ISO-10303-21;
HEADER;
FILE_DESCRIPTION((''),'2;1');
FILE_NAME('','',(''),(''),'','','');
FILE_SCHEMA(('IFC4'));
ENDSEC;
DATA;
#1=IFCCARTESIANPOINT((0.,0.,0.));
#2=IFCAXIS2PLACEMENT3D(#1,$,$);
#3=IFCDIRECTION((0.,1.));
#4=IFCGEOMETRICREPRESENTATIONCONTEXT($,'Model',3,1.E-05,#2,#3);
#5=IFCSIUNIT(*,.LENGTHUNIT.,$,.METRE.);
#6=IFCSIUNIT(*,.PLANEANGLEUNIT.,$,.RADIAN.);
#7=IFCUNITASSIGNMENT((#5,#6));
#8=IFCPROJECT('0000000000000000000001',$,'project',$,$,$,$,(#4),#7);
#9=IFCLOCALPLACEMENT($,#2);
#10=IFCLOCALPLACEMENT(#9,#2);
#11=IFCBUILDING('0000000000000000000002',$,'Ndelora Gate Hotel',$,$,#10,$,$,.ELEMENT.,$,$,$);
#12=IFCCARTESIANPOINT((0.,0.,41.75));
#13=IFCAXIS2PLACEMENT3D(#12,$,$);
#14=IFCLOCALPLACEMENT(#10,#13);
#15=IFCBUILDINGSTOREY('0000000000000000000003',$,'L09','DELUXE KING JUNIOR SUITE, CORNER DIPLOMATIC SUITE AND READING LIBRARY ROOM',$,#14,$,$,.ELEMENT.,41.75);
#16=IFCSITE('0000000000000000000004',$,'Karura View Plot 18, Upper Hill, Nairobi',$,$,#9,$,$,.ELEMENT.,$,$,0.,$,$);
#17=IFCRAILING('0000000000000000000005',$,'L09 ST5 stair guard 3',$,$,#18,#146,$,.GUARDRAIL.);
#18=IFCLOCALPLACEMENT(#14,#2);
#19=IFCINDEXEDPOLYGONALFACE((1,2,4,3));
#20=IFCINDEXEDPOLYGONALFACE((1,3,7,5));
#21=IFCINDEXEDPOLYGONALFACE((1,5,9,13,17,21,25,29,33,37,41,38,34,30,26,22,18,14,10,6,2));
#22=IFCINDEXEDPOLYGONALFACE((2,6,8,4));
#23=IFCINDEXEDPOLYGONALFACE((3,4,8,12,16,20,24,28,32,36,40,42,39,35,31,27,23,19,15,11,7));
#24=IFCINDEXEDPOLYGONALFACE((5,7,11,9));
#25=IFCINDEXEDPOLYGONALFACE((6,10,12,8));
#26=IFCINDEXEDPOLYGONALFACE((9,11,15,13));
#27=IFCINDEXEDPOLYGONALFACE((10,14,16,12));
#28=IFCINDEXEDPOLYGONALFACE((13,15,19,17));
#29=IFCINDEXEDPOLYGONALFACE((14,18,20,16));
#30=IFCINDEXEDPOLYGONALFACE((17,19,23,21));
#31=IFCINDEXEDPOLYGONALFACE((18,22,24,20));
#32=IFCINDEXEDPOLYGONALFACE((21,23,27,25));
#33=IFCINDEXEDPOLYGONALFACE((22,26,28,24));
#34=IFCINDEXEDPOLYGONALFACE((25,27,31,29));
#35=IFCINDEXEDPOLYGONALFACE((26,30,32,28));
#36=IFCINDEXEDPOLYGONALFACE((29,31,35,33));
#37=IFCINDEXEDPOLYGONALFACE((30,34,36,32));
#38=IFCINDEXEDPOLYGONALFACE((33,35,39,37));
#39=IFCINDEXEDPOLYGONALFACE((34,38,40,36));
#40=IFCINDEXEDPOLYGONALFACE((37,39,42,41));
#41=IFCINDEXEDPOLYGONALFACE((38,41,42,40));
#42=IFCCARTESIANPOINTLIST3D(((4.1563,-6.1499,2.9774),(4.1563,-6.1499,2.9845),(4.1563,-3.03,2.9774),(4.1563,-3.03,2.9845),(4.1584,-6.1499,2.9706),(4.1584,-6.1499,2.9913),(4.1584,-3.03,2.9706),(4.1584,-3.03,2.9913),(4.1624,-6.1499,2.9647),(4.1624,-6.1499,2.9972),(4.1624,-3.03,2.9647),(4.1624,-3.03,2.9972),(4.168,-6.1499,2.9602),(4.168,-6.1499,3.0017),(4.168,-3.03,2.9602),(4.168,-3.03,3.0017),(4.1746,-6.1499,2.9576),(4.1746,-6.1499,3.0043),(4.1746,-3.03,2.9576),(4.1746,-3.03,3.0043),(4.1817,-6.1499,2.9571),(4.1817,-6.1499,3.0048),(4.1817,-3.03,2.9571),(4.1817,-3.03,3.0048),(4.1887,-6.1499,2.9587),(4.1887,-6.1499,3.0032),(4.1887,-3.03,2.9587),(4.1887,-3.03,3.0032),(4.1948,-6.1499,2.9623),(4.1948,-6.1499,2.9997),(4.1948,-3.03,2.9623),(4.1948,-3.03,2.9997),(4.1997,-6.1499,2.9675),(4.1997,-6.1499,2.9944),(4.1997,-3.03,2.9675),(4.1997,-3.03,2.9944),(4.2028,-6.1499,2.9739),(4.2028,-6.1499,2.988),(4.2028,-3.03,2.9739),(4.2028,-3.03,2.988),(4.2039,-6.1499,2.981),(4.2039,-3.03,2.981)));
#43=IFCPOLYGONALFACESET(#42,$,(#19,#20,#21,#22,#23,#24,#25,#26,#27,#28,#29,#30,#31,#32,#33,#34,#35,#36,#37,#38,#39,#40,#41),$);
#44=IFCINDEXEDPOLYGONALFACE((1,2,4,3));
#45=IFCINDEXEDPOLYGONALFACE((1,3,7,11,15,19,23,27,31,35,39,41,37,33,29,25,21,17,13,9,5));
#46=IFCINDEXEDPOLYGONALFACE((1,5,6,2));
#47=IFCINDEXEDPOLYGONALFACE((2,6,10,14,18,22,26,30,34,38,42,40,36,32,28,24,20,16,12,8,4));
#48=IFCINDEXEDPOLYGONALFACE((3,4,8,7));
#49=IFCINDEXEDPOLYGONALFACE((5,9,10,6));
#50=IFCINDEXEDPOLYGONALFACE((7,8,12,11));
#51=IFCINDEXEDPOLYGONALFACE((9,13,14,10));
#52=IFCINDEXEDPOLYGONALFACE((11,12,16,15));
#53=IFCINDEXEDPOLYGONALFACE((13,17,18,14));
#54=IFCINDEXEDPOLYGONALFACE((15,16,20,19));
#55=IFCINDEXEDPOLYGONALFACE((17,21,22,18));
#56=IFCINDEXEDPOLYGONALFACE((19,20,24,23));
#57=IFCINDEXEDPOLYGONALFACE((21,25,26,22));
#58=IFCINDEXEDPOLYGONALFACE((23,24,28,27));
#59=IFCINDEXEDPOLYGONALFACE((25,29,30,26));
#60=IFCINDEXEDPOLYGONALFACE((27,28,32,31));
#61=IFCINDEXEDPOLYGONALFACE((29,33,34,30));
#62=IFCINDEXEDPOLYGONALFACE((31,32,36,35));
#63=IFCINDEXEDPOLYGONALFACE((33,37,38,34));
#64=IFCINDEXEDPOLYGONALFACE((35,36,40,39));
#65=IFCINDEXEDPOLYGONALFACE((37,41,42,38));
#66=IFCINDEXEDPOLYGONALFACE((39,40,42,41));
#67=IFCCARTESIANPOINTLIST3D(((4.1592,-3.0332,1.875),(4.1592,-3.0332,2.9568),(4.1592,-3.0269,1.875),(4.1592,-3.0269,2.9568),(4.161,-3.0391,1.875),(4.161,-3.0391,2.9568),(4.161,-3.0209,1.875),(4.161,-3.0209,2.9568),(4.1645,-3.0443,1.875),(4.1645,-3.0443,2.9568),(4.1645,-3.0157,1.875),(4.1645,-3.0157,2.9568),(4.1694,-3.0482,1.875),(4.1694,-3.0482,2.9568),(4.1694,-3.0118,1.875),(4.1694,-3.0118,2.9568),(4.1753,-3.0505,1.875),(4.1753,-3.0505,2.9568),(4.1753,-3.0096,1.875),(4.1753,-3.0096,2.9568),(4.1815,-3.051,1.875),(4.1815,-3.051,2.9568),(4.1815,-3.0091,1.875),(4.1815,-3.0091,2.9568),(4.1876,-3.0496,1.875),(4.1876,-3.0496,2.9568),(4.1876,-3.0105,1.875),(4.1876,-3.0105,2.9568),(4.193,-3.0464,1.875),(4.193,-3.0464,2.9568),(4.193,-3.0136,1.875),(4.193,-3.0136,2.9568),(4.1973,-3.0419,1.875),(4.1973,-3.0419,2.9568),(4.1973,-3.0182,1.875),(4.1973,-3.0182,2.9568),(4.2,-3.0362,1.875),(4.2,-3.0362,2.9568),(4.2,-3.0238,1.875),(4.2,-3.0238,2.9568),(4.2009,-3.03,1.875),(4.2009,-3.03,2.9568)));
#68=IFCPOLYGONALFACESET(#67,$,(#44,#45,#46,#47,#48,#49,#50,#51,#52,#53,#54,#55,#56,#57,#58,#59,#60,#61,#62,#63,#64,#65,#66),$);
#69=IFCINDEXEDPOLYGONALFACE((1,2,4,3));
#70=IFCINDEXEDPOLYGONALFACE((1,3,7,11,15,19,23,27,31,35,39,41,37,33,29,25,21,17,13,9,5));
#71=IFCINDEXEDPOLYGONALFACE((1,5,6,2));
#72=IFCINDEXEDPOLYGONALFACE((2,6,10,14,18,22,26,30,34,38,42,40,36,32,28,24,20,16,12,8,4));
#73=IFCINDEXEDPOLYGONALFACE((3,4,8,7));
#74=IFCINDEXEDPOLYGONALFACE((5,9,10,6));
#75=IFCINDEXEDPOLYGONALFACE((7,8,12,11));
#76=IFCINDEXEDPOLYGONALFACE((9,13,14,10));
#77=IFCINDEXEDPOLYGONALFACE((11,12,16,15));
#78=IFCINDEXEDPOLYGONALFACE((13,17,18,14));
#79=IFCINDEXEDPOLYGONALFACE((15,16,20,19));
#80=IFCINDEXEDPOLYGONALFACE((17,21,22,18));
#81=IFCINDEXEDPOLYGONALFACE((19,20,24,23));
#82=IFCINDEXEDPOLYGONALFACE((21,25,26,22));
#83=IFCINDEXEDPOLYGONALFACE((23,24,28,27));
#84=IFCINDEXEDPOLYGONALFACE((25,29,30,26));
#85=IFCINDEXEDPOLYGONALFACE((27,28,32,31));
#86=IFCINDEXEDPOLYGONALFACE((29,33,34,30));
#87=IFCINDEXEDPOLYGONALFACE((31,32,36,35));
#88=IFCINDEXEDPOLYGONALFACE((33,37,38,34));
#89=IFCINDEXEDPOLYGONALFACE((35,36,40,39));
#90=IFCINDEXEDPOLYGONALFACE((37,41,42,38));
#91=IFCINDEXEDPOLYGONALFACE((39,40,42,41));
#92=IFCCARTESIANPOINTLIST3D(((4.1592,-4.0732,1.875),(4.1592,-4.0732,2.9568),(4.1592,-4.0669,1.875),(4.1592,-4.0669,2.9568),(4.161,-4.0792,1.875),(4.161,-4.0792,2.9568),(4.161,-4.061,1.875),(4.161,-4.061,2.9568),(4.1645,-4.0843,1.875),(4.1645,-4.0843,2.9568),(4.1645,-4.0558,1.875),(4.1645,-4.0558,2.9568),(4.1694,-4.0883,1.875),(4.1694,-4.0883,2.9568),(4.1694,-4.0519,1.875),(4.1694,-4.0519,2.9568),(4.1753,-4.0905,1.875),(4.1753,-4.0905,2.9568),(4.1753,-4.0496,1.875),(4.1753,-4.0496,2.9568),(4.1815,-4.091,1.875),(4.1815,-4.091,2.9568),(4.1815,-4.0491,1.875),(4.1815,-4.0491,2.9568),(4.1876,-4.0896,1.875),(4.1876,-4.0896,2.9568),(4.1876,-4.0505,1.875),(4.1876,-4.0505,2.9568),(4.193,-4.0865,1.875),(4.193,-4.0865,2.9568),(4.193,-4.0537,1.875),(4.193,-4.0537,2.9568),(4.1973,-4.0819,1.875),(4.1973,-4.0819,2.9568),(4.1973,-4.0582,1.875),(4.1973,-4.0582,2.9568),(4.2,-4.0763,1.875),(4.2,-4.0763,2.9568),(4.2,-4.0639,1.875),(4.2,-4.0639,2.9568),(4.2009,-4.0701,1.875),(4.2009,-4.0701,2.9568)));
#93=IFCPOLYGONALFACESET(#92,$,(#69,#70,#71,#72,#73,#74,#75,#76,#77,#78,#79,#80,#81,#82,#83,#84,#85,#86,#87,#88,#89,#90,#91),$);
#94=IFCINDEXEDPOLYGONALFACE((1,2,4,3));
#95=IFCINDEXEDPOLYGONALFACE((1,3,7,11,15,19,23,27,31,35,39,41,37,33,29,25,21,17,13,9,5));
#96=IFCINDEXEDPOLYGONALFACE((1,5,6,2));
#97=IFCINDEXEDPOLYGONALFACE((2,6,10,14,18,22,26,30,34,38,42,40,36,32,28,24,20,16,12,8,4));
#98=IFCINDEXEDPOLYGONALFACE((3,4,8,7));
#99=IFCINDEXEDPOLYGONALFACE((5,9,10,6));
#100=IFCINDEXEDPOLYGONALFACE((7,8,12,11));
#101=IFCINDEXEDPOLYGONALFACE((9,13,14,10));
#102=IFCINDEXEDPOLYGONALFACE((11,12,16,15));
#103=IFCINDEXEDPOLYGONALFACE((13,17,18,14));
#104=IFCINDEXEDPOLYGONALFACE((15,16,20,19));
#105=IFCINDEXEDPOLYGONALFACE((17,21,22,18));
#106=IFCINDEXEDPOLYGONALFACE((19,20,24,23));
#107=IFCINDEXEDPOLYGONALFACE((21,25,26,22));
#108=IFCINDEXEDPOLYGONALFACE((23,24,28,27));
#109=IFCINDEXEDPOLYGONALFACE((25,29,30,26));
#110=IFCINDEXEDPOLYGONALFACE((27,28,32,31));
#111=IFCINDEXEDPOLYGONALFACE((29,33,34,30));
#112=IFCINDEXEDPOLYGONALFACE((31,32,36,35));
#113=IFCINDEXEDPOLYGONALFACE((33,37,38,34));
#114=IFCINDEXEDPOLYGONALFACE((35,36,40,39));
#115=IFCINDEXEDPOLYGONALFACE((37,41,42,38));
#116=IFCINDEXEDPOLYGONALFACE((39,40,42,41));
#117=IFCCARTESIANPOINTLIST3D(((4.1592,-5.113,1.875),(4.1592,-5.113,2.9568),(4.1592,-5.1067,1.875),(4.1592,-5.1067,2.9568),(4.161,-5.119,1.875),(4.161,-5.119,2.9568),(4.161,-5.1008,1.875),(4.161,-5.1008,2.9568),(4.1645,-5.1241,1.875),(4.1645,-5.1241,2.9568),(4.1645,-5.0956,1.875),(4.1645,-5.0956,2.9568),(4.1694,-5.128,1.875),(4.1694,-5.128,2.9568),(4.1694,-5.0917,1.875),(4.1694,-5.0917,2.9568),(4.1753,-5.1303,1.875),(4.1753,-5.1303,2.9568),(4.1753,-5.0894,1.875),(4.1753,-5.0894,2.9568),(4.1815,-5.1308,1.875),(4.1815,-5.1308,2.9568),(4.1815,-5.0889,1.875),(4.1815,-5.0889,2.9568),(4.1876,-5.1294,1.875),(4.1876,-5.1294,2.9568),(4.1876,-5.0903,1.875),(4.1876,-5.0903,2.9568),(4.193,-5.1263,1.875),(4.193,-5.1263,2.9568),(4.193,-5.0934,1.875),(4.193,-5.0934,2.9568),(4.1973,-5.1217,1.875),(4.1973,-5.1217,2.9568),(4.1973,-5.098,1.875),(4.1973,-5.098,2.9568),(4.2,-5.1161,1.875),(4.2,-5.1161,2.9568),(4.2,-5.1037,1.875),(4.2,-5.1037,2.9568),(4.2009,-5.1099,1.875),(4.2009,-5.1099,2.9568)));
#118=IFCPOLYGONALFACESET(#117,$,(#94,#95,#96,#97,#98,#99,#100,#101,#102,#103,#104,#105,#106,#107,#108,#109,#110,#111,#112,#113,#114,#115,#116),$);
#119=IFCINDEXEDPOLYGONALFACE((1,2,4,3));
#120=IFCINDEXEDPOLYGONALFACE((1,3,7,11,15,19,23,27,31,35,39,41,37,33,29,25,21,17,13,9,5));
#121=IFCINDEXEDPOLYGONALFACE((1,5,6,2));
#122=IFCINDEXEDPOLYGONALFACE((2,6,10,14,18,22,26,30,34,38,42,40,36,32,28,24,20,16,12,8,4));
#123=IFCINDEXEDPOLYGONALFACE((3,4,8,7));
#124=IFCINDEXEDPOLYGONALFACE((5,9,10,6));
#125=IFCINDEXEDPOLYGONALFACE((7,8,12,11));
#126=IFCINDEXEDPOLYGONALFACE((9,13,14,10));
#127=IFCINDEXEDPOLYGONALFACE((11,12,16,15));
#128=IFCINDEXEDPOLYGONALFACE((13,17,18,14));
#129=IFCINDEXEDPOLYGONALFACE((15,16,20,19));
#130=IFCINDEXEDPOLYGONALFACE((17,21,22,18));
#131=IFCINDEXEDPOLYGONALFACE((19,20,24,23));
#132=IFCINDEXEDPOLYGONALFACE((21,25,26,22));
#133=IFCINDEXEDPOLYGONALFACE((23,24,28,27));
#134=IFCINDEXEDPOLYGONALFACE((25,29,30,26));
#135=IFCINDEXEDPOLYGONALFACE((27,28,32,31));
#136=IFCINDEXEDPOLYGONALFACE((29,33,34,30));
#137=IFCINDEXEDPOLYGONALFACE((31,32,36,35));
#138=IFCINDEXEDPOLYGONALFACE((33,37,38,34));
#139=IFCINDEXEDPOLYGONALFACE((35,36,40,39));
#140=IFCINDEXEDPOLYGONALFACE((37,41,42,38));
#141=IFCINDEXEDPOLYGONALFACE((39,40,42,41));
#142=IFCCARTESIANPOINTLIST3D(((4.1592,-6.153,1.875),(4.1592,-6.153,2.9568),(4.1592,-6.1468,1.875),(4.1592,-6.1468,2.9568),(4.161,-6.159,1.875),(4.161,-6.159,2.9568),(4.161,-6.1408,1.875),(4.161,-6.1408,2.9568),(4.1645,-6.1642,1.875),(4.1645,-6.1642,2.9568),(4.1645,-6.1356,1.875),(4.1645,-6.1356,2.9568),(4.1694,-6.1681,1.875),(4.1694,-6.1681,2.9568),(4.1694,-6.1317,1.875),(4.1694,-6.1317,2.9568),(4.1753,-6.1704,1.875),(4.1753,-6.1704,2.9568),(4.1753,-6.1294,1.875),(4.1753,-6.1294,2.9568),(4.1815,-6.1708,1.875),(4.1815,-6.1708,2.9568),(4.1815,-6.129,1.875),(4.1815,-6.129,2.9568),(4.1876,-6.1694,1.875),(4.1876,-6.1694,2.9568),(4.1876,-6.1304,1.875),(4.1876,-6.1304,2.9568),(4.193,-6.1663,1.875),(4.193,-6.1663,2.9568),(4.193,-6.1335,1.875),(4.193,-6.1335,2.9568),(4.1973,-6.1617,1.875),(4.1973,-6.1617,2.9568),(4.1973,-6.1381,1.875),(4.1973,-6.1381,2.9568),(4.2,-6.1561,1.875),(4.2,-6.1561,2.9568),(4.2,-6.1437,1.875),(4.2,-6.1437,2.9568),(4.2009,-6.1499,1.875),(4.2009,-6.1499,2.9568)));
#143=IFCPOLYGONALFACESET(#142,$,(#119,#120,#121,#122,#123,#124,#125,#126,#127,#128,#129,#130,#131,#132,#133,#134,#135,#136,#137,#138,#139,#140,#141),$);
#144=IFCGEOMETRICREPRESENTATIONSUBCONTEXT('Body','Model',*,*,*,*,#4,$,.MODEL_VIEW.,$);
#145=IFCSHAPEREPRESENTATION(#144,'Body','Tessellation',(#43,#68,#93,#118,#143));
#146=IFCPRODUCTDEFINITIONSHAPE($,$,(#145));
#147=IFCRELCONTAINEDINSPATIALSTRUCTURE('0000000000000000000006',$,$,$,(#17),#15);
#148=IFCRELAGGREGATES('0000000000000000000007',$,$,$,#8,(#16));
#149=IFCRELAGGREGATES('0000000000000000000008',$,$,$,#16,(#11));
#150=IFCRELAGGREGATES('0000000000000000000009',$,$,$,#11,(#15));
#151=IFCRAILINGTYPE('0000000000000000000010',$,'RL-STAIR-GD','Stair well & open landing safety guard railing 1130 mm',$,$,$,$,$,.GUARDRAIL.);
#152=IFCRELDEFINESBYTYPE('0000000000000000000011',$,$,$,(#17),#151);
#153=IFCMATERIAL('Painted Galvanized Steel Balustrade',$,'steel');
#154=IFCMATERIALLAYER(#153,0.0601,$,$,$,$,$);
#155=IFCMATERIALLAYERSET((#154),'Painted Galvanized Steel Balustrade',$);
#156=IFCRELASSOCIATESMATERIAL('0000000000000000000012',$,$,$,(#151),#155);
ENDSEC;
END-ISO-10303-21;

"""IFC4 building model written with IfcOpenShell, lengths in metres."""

from ifc_helpers import new_model, si_unit, direction, frame, origin, origin_2d, place, context, subcontext, project, spatial, circle, extrude, material, layer, layer_set, type_object, element, save


model = new_model("IFC4")

# Units and contexts
model_context = context("Model", 3, precision=1e-05, world=origin(), true_north=direction((0.0, 1.0)))
body_context = subcontext(model_context, "Body", "Model", "MODEL_VIEW")
ifc_project = project(units=[si_unit("LENGTHUNIT", "METRE"), si_unit("PLANEANGLEUNIT", "RADIAN")], contexts=[model_context])

# Site, building, storey
site_placement = place(None, origin())
site = spatial("IfcSite", under=ifc_project, at=site_placement, Name="Karura View Plot 18, Upper Hill, Nairobi", CompositionType="ELEMENT", RefElevation=0.0)
building_placement = place(site_placement, origin())
building = spatial("IfcBuilding", under=site, at=building_placement, Name="Ndelora Gate Hotel", CompositionType="ELEMENT")
storey_placement = place(building_placement, frame((0.0, 0.0, 41.75)))
storey = spatial("IfcBuildingStorey", under=building, at=storey_placement, Name="L09", Description="DELUXE KING JUNIOR SUITE, CORNER DIPLOMATIC SUITE AND READING LIBRARY ROOM", CompositionType="ELEMENT", Elevation=41.75)

# Railing
ifc_material_1 = material(Name="Painted Galvanized Steel Balustrade", Category="steel")
ifc_layer_1 = layer(ifc_material_1, 0.0601)
ifc_layer_set_1 = layer_set([ifc_layer_1], Name="Painted Galvanized Steel Balustrade")
railing_type_1 = type_object("IfcRailingType", Name="RL-STAIR-GD", Description="Stair well & open landing safety guard railing 1130 mm", PredefinedType="GUARDRAIL", material=ifc_layer_set_1)
railing_1_placement = place(storey_placement, frame((4.1799, -3.03, 1.875)))
element("IfcRailing", 1, at=railing_1_placement, inside=storey, type_object=railing_type_1, Name="L09 ST5 stair guard 3", PredefinedType="GUARDRAIL", context=body_context, shape_type="SweptSolid", body=[
    extrude(circle(Radius=0.0239, at=origin_2d()), frame((0.0, 0.0, 1.106), z_axis=(0.0, -1.0, 0.0), x_axis=(1.0, 0.0, 0.0)), (0.0, 0.0, 1.0), 3.1199),
    extrude(circle(Radius=0.021, at=origin_2d()), origin(), (0.0, 0.0, 1.0), 1.0818),
    extrude(circle(Radius=0.021, at=origin_2d()), frame((0.0, -1.04, 0.0)), (0.0, 0.0, 1.0), 1.0818),
    extrude(circle(Radius=0.021, at=origin_2d()), frame((0.0, -2.0798, 0.0)), (0.0, 0.0, 1.0), 1.0818),
    extrude(circle(Radius=0.021, at=origin_2d()), frame((0.0, -3.1199, 0.0)), (0.0, 0.0, 1.0), 1.0818),
])

save(model, "model.ifc")
